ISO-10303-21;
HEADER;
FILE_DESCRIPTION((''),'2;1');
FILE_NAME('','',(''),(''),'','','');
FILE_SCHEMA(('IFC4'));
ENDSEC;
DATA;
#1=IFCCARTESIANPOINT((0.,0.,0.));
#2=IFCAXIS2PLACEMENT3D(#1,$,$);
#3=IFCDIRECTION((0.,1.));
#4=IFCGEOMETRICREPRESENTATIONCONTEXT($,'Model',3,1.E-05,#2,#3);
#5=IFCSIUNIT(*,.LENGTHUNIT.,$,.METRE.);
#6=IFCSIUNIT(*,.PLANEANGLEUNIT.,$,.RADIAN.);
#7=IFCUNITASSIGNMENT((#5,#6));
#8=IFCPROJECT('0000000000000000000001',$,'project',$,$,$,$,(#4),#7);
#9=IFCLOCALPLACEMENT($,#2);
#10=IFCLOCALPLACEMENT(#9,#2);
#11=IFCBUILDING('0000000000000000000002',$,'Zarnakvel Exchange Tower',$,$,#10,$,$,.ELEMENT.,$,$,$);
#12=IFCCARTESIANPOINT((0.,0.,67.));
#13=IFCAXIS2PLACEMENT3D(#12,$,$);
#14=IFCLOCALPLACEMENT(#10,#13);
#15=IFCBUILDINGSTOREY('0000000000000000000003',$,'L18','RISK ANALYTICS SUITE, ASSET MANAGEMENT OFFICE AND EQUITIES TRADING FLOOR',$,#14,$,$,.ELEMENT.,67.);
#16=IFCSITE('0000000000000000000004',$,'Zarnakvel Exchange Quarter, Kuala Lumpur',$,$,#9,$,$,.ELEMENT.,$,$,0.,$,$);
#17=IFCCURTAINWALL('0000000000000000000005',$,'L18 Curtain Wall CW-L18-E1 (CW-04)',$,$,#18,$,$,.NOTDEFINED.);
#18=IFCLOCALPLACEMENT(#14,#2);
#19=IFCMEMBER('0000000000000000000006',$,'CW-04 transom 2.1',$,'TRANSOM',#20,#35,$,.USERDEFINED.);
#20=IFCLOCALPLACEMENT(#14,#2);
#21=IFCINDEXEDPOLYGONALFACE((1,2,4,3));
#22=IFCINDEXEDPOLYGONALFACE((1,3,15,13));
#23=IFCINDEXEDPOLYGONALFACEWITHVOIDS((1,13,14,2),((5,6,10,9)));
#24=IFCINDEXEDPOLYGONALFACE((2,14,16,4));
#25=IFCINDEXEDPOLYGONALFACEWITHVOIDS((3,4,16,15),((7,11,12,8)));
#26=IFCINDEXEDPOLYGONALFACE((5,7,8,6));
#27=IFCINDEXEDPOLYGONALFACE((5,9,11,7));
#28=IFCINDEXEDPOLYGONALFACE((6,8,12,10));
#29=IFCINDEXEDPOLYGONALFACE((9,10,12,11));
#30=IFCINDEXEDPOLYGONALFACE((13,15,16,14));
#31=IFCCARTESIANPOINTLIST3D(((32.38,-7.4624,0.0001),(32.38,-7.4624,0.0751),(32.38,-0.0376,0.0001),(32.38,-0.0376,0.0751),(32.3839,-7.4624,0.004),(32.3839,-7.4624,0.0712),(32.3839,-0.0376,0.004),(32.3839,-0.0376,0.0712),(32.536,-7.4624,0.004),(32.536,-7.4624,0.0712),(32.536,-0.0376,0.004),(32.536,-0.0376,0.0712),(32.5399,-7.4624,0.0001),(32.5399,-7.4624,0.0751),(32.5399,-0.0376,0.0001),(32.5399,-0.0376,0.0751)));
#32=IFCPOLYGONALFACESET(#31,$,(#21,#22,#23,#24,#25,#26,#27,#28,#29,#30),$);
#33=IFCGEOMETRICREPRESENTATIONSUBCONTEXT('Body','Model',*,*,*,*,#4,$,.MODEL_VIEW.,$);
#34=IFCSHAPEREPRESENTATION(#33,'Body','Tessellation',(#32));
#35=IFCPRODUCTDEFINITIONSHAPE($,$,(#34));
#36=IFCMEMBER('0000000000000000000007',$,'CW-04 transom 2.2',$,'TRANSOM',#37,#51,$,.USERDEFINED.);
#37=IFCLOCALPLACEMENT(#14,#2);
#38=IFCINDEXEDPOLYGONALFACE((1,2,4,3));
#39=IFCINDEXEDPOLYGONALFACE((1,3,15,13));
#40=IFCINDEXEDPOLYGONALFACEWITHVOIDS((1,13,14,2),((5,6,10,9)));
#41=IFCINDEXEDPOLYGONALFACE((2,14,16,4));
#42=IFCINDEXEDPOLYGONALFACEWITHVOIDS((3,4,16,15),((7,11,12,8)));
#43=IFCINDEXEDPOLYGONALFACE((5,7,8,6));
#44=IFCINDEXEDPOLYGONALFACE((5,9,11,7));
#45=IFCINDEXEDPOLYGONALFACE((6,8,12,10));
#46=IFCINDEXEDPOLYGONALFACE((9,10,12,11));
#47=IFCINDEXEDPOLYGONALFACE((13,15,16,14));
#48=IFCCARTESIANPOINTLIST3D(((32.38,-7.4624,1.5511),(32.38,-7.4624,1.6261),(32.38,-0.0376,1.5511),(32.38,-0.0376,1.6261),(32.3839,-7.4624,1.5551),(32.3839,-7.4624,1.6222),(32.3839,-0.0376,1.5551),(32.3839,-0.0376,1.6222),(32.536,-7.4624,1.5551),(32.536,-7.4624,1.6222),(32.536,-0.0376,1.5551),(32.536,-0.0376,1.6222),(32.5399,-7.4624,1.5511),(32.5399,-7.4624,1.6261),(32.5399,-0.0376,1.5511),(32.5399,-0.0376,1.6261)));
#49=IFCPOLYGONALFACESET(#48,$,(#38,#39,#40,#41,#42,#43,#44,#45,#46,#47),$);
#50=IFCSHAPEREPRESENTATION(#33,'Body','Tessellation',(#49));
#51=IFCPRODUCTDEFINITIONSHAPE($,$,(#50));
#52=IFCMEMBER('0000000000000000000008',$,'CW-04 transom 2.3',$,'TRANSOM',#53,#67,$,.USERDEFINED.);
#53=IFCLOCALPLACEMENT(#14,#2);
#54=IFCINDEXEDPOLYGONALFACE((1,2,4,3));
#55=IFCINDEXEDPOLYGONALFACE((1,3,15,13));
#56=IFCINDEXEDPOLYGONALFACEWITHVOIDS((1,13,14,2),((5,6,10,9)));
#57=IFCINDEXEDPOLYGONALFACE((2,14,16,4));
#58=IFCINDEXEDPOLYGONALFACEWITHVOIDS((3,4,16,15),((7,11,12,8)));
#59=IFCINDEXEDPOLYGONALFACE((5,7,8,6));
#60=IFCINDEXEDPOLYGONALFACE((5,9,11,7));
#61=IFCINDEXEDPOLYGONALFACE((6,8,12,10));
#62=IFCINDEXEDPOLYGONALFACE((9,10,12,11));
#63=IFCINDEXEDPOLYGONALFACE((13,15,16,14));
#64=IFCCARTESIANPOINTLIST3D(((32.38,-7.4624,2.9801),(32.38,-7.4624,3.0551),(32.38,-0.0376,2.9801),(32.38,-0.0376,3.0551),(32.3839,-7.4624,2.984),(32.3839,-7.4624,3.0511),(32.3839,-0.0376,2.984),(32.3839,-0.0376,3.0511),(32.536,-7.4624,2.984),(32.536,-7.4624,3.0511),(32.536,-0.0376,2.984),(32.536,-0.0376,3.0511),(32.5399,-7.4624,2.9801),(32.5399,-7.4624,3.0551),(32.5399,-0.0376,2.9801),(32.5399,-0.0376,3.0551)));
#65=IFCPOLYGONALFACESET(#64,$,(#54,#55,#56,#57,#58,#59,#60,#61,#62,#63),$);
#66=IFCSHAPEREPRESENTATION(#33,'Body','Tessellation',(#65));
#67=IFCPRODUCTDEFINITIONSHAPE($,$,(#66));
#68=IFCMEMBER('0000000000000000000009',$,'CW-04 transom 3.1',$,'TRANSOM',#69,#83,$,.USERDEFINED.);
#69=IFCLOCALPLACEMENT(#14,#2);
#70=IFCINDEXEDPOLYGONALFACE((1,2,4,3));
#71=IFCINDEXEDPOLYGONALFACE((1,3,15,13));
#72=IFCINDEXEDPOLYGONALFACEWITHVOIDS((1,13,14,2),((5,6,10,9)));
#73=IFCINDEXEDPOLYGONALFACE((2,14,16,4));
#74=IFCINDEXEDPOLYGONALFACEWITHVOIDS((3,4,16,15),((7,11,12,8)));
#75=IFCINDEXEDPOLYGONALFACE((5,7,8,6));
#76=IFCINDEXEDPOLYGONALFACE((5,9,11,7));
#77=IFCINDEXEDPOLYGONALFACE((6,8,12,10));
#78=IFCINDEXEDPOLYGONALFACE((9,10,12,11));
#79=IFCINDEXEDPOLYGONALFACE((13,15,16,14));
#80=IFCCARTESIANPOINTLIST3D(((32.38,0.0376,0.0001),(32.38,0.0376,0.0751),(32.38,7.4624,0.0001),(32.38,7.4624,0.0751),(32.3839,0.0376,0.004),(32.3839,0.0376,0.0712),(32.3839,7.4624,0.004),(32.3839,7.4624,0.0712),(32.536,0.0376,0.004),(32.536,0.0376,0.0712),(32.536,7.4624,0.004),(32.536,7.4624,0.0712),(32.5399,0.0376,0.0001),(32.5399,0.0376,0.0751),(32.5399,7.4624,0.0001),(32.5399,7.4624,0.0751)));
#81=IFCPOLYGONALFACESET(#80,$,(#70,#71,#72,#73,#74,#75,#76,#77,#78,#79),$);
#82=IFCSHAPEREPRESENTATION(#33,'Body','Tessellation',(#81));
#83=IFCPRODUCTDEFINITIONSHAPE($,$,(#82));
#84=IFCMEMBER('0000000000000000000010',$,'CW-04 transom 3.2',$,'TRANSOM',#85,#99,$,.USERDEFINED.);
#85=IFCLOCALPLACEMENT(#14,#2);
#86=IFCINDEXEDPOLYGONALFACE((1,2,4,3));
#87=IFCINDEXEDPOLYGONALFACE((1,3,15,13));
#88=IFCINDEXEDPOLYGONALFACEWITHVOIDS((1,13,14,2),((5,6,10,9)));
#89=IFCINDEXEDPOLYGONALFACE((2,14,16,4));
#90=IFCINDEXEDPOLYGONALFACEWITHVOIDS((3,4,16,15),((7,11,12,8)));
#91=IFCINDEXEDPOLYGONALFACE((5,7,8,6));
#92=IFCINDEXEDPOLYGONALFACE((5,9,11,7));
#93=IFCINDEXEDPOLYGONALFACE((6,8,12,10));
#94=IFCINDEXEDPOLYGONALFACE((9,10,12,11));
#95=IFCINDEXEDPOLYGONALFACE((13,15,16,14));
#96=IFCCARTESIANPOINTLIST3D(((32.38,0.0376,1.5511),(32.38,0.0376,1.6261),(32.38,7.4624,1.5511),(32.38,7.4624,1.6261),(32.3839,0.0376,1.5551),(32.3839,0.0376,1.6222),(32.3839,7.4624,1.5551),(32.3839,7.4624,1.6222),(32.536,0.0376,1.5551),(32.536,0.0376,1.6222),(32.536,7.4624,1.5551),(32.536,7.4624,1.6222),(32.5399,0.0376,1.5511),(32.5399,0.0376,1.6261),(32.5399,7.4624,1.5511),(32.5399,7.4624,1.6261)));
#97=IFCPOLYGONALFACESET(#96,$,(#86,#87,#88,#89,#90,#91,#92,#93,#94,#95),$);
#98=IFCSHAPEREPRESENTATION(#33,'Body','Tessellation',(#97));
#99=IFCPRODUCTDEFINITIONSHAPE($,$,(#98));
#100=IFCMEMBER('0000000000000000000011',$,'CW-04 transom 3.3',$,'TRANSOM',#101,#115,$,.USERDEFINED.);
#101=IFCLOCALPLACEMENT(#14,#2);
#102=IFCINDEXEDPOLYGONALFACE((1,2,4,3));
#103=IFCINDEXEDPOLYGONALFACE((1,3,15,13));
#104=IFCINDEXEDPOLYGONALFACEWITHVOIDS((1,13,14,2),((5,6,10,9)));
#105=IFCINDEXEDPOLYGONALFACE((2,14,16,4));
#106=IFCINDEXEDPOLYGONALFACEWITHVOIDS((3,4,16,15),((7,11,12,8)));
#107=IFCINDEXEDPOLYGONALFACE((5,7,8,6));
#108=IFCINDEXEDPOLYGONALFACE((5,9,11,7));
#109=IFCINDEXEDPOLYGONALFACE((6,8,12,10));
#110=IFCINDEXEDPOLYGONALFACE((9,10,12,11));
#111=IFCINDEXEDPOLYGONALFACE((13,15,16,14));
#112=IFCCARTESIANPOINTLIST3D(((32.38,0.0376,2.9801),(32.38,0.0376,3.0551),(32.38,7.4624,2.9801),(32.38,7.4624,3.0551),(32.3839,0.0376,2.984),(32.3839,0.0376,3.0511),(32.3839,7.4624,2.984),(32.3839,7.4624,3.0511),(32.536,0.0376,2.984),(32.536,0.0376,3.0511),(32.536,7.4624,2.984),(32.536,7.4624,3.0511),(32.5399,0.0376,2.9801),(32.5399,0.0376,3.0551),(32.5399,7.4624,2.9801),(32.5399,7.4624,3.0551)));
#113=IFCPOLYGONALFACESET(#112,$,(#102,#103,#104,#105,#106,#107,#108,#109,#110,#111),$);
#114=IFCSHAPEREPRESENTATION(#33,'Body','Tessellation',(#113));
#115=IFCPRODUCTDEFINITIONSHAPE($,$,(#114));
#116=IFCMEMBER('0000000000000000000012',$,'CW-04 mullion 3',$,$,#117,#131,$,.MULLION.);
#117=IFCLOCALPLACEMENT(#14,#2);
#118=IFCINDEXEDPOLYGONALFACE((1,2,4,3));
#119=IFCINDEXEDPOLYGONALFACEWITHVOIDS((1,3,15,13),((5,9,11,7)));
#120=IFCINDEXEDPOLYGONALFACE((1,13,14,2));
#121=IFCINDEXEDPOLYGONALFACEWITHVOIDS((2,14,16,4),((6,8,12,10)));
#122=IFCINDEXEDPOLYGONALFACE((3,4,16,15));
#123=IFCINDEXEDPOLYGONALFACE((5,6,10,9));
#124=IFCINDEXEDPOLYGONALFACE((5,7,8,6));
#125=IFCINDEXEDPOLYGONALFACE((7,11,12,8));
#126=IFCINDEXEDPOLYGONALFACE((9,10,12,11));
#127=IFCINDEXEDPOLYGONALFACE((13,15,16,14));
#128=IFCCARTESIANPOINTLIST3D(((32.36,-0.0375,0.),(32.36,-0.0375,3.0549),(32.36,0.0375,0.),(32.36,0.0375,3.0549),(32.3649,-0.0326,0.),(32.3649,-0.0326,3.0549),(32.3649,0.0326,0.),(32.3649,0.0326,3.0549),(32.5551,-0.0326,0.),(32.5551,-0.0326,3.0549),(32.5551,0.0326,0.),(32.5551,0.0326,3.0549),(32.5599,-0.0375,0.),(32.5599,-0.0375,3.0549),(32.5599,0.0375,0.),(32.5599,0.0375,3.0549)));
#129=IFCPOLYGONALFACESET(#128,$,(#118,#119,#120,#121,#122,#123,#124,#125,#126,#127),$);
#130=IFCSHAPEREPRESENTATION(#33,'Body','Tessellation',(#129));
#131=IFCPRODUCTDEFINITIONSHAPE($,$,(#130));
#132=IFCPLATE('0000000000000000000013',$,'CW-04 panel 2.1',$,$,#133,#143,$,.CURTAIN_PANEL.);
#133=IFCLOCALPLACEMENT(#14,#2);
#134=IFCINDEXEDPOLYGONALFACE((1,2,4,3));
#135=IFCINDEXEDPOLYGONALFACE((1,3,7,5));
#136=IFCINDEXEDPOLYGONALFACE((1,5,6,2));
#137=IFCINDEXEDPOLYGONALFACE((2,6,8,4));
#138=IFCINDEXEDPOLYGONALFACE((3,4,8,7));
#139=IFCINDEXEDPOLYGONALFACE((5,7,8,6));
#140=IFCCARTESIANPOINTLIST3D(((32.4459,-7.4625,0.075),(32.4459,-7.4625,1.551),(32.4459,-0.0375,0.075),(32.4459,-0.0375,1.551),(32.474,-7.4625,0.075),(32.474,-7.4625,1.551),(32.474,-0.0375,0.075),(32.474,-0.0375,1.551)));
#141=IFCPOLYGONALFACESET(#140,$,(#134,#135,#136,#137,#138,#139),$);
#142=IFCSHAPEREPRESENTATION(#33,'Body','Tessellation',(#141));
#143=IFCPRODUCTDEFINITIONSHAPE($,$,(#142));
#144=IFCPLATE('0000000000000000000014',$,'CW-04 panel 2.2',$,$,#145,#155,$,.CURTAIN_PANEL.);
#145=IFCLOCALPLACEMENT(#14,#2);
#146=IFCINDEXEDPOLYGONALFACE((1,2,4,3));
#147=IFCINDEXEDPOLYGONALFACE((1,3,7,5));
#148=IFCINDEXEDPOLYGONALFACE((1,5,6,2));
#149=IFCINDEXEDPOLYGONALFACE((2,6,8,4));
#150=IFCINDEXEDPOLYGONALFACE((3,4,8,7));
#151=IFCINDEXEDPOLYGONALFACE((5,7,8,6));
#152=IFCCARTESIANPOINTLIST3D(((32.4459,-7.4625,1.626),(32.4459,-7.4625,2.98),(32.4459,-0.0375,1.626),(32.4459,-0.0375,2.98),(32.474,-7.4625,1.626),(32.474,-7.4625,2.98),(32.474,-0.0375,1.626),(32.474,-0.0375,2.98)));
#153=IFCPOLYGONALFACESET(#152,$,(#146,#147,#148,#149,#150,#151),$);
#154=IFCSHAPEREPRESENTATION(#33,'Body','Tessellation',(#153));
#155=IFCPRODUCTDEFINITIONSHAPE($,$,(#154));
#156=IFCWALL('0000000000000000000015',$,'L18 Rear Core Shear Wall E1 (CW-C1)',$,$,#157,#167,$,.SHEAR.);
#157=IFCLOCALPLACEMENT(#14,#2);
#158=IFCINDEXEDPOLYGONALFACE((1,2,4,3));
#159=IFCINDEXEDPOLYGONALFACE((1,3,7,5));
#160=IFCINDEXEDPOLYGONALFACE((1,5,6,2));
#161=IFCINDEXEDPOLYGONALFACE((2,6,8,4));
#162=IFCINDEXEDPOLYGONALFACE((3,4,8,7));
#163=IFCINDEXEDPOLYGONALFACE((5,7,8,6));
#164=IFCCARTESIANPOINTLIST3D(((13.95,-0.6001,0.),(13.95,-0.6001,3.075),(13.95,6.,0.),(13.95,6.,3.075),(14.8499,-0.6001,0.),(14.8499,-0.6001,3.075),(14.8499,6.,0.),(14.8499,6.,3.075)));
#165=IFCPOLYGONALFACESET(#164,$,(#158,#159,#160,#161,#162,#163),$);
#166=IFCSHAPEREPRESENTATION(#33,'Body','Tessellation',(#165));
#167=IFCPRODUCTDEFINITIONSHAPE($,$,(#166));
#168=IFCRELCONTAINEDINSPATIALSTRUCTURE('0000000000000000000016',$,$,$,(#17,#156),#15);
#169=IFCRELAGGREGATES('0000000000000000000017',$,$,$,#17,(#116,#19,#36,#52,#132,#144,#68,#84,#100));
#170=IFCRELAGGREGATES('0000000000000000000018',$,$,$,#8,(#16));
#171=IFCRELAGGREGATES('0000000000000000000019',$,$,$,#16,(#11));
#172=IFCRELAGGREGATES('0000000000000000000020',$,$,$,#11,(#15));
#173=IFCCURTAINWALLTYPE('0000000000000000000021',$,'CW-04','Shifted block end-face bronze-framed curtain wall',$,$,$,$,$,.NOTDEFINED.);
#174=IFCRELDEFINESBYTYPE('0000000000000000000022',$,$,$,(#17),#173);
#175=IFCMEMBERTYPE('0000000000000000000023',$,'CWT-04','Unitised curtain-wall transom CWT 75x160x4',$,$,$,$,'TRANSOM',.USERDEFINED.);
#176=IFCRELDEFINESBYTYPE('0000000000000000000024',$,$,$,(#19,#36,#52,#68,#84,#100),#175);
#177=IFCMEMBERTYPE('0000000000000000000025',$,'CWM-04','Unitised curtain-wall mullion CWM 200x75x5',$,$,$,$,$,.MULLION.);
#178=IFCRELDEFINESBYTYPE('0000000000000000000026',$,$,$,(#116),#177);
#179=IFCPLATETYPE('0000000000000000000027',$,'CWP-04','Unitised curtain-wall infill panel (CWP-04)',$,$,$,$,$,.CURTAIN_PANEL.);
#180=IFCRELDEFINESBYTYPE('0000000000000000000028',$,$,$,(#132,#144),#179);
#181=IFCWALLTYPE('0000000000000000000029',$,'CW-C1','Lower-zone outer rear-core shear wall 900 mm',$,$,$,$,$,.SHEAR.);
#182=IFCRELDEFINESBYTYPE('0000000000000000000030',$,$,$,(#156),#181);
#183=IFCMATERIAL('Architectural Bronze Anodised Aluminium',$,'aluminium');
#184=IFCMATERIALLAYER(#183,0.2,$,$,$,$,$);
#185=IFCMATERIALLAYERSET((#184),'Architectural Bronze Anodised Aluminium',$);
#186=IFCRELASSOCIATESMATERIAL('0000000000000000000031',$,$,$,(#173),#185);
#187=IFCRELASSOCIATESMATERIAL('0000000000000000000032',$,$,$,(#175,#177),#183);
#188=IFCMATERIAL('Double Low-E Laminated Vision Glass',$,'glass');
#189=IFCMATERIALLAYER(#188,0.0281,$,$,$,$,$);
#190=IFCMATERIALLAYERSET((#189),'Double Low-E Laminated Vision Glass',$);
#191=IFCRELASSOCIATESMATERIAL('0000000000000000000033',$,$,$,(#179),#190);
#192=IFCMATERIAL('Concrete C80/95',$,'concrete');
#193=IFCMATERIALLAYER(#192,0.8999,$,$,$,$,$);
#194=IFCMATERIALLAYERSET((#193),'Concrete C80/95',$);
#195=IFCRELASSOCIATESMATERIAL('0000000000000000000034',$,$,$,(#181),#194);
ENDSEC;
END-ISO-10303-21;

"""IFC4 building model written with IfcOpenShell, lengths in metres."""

from ifc_helpers import new_model, si_unit, direction, frame, frame_2d, origin, origin_2d, place, context, subcontext, project, spatial, rectangle, hollow_rectangle, extrude, source, transform, mapped, material, layer, layer_set, material_profile, profile_set, type_object, element, aggregate, save


model = new_model("IFC4")

# Units and contexts
model_context = context("Model", 3, precision=1e-05, world=origin(), true_north=direction((0.0, 1.0)))
body_context = subcontext(model_context, "Body", "Model", "MODEL_VIEW")
ifc_project = project(units=[si_unit("LENGTHUNIT", "METRE"), si_unit("PLANEANGLEUNIT", "RADIAN")], contexts=[model_context])

# Site, building, storey
site_placement = place(None, origin())
site = spatial("IfcSite", under=ifc_project, at=site_placement, Name="Zarnakvel Exchange Quarter, Kuala Lumpur", CompositionType="ELEMENT", RefElevation=0.0)
building_placement = place(site_placement, origin())
building = spatial("IfcBuilding", under=site, at=building_placement, Name="Zarnakvel Exchange Tower", CompositionType="ELEMENT")
storey_placement = place(building_placement, frame((0.0, 0.0, 67.0)))
storey = spatial("IfcBuildingStorey", under=building, at=storey_placement, Name="L18", Description="RISK ANALYTICS SUITE, ASSET MANAGEMENT OFFICE AND EQUITIES TRADING FLOOR", CompositionType="ELEMENT", Elevation=67.0)

# Shared definitions
ifc_material_1 = material(Name="Concrete C80/95", Category="concrete")

# Curtain wall, members, plates
ifc_material_2 = material(Name="Architectural Bronze Anodised Aluminium", Category="aluminium")
ifc_layer_1 = layer(ifc_material_2, 0.2)
ifc_layer_set_1 = layer_set([ifc_layer_1], Name="Architectural Bronze Anodised Aluminium")
curtain_wall_type = type_object("IfcCurtainWallType", Name="CW-04", Description="Shifted block end-face bronze-framed curtain wall", PredefinedType="NOTDEFINED", material=ifc_layer_set_1)
curtain_wall_placement = place(storey_placement, origin())
curtain_wall = element("IfcCurtainWall", 1, at=curtain_wall_placement, inside=storey, type_object=curtain_wall_type, Name="L18 Curtain Wall CW-L18-E1 (CW-04)", PredefinedType="NOTDEFINED")
ifc_material_profile_1 = material_profile(ifc_material_2, hollow_rectangle(XDim=0.1599, YDim=0.075, WallThickness=0.0039, at=origin_2d()))
ifc_profile_set_1 = profile_set([ifc_material_profile_1], Name="Architectural Bronze Anodised Aluminium")
member_type_1 = type_object("IfcMemberType", Name="CWT-04", Description="Unitised curtain-wall transom CWT 75x160x4", ElementType="TRANSOM", PredefinedType="USERDEFINED", material=ifc_profile_set_1)
shared_shape_1 = source(origin(), body_context, "Body", "SweptSolid", [
    extrude(hollow_rectangle(XDim=0.1599, YDim=0.075, WallThickness=0.0039, at=origin_2d()), origin(), (0.0, 0.0, 1.0), 7.4248),
])
member_1_placement = place(storey_placement, frame((32.46, -7.4624, 0.0376), z_axis=(0.0, 1.0, 0.0), x_axis=(-1.0, 0.0, 0.0)))
member_1 = element("IfcMember", 2, at=member_1_placement, type_object=member_type_1, Name="CW-04 transom 2.1", ObjectType="TRANSOM", PredefinedType="USERDEFINED", context=body_context, shape_type="MappedRepresentation", body=[
    mapped(shared_shape_1, transform((0.0, 0.0, 0.0), x_axis=(1.0, 0.0, 0.0), y_axis=(0.0, 1.0, 0.0), z_axis=(0.0, 0.0, 1.0), scale=1.0)),
])
member_2_placement = place(storey_placement, frame((32.46, -7.4624, 1.5886), z_axis=(0.0, 1.0, 0.0), x_axis=(-1.0, 0.0, 0.0)))
member_2 = element("IfcMember", 3, at=member_2_placement, type_object=member_type_1, Name="CW-04 transom 2.2", ObjectType="TRANSOM", PredefinedType="USERDEFINED", context=body_context, shape_type="MappedRepresentation", body=[
    mapped(shared_shape_1, transform((0.0, 0.0, 0.0), x_axis=(1.0, 0.0, 0.0), y_axis=(0.0, 1.0, 0.0), z_axis=(0.0, 0.0, 1.0), scale=1.0)),
])
member_3_placement = place(storey_placement, frame((32.46, -7.4624, 3.0176), z_axis=(0.0, 1.0, 0.0), x_axis=(-1.0, 0.0, 0.0)))
member_3 = element("IfcMember", 4, at=member_3_placement, type_object=member_type_1, Name="CW-04 transom 2.3", ObjectType="TRANSOM", PredefinedType="USERDEFINED", context=body_context, shape_type="MappedRepresentation", body=[
    mapped(shared_shape_1, transform((0.0, 0.0, 0.0), x_axis=(1.0, 0.0, 0.0), y_axis=(0.0, 1.0, 0.0), z_axis=(0.0, 0.0, 1.0), scale=1.0)),
])
member_4_placement = place(storey_placement, frame((32.46, 0.0376, 0.0376), z_axis=(0.0, 1.0, 0.0), x_axis=(-1.0, 0.0, 0.0)))
member_4 = element("IfcMember", 5, at=member_4_placement, type_object=member_type_1, Name="CW-04 transom 3.1", ObjectType="TRANSOM", PredefinedType="USERDEFINED", context=body_context, shape_type="MappedRepresentation", body=[
    mapped(shared_shape_1, transform((0.0, 0.0, 0.0), x_axis=(1.0, 0.0, 0.0), y_axis=(0.0, 1.0, 0.0), z_axis=(0.0, 0.0, 1.0), scale=1.0)),
])
member_5_placement = place(storey_placement, frame((32.46, 0.0376, 1.5886), z_axis=(0.0, 1.0, 0.0), x_axis=(-1.0, 0.0, 0.0)))
member_5 = element("IfcMember", 6, at=member_5_placement, type_object=member_type_1, Name="CW-04 transom 3.2", ObjectType="TRANSOM", PredefinedType="USERDEFINED", context=body_context, shape_type="MappedRepresentation", body=[
    mapped(shared_shape_1, transform((0.0, 0.0, 0.0), x_axis=(1.0, 0.0, 0.0), y_axis=(0.0, 1.0, 0.0), z_axis=(0.0, 0.0, 1.0), scale=1.0)),
])
member_6_placement = place(storey_placement, frame((32.46, 0.0376, 3.0176), z_axis=(0.0, 1.0, 0.0), x_axis=(-1.0, 0.0, 0.0)))
member_6 = element("IfcMember", 7, at=member_6_placement, type_object=member_type_1, Name="CW-04 transom 3.3", ObjectType="TRANSOM", PredefinedType="USERDEFINED", context=body_context, shape_type="MappedRepresentation", body=[
    mapped(shared_shape_1, transform((0.0, 0.0, 0.0), x_axis=(1.0, 0.0, 0.0), y_axis=(0.0, 1.0, 0.0), z_axis=(0.0, 0.0, 1.0), scale=1.0)),
])
ifc_material_profile_2 = material_profile(ifc_material_2, hollow_rectangle(XDim=0.2, YDim=0.075, WallThickness=0.0049, at=origin_2d()))
ifc_profile_set_2 = profile_set([ifc_material_profile_2], Name="Architectural Bronze Anodised Aluminium")
member_type_2 = type_object("IfcMemberType", Name="CWM-04", Description="Unitised curtain-wall mullion CWM 200x75x5", PredefinedType="MULLION", material=ifc_profile_set_2)
shared_shape_2 = source(origin(), body_context, "Body", "SweptSolid", [
    extrude(hollow_rectangle(XDim=0.2, YDim=0.075, WallThickness=0.0049, at=origin_2d()), origin(), (0.0, 0.0, 1.0), 3.0549),
])
member_7_placement = place(storey_placement, frame((32.46, 0.0, 0.0), z_axis=(0.0, 0.0, 1.0), x_axis=(-1.0, 0.0, 0.0)))
member_7 = element("IfcMember", 8, at=member_7_placement, type_object=member_type_2, Name="CW-04 mullion 3", PredefinedType="MULLION", context=body_context, shape_type="MappedRepresentation", body=[
    mapped(shared_shape_2, transform((0.0, 0.0, 0.0), x_axis=(1.0, 0.0, 0.0), y_axis=(0.0, 1.0, 0.0), z_axis=(0.0, 0.0, 1.0), scale=1.0)),
])
ifc_material_3 = material(Name="Double Low-E Laminated Vision Glass", Category="glass")
ifc_layer_2 = layer(ifc_material_3, 0.0281)
ifc_layer_set_2 = layer_set([ifc_layer_2], Name="Double Low-E Laminated Vision Glass")
plate_type = type_object("IfcPlateType", Name="CWP-04", Description="Unitised curtain-wall infill panel (CWP-04)", PredefinedType="CURTAIN_PANEL", material=ifc_layer_set_2)
shared_shape_3 = source(origin(), body_context, "Body", "SweptSolid", [
    extrude(rectangle(XDim=7.425, YDim=0.0281, at=origin_2d()), origin(), (0.0, 0.0, 1.0), 1.4761),
])
plate_1_placement = place(storey_placement, frame((32.46, -3.75, 0.075), z_axis=(0.0, 0.0, 1.0), x_axis=(0.0, 1.0, 0.0)))
plate_1 = element("IfcPlate", 9, at=plate_1_placement, type_object=plate_type, Name="CW-04 panel 2.1", PredefinedType="CURTAIN_PANEL", context=body_context, shape_type="MappedRepresentation", body=[
    mapped(shared_shape_3, transform((0.0, 0.0, 0.0), x_axis=(1.0, 0.0, 0.0), y_axis=(0.0, 1.0, 0.0), z_axis=(0.0, 0.0, 1.0), scale=1.0)),
])
shared_shape_4 = source(origin(), body_context, "Body", "SweptSolid", [
    extrude(rectangle(XDim=7.425, YDim=0.0281, at=origin_2d()), origin(), (0.0, 0.0, 1.0), 1.354),
])
plate_2_placement = place(storey_placement, frame((32.46, -3.75, 1.626), z_axis=(0.0, 0.0, 1.0), x_axis=(0.0, 1.0, 0.0)))
plate_2 = element("IfcPlate", 10, at=plate_2_placement, type_object=plate_type, Name="CW-04 panel 2.2", PredefinedType="CURTAIN_PANEL", context=body_context, shape_type="MappedRepresentation", body=[
    mapped(shared_shape_4, transform((0.0, 0.0, 0.0), x_axis=(1.0, 0.0, 0.0), y_axis=(0.0, 1.0, 0.0), z_axis=(0.0, 0.0, 1.0), scale=1.0)),
])
aggregate(curtain_wall, [member_7, member_1, member_2, member_3, plate_1, plate_2, member_4, member_5, member_6])

# Wall
ifc_layer_3 = layer(ifc_material_1, 0.8999)
ifc_layer_set_3 = layer_set([ifc_layer_3], Name="Concrete C80/95")
wall_type_1 = type_object("IfcWallType", Name="CW-C1", Description="Lower-zone outer rear-core shear wall 900 mm", PredefinedType="SHEAR", material=ifc_layer_set_3)
wall_1_placement = place(storey_placement, frame((14.3999, -0.6001, 0.0), z_axis=(0.0, 0.0, 1.0), x_axis=(0.0, 1.0, 0.0)))
element("IfcWall", 11, at=wall_1_placement, inside=storey, type_object=wall_type_1, Name="L18 Rear Core Shear Wall E1 (CW-C1)", PredefinedType="SHEAR", context=body_context, shape_type="SweptSolid", body=[
    extrude(rectangle(XDim=6.6001, YDim=0.8999, at=frame_2d((3.3, 0.0))), origin(), (0.0, 0.0, 1.0), 3.075),
])

save(model, "model.ifc")
